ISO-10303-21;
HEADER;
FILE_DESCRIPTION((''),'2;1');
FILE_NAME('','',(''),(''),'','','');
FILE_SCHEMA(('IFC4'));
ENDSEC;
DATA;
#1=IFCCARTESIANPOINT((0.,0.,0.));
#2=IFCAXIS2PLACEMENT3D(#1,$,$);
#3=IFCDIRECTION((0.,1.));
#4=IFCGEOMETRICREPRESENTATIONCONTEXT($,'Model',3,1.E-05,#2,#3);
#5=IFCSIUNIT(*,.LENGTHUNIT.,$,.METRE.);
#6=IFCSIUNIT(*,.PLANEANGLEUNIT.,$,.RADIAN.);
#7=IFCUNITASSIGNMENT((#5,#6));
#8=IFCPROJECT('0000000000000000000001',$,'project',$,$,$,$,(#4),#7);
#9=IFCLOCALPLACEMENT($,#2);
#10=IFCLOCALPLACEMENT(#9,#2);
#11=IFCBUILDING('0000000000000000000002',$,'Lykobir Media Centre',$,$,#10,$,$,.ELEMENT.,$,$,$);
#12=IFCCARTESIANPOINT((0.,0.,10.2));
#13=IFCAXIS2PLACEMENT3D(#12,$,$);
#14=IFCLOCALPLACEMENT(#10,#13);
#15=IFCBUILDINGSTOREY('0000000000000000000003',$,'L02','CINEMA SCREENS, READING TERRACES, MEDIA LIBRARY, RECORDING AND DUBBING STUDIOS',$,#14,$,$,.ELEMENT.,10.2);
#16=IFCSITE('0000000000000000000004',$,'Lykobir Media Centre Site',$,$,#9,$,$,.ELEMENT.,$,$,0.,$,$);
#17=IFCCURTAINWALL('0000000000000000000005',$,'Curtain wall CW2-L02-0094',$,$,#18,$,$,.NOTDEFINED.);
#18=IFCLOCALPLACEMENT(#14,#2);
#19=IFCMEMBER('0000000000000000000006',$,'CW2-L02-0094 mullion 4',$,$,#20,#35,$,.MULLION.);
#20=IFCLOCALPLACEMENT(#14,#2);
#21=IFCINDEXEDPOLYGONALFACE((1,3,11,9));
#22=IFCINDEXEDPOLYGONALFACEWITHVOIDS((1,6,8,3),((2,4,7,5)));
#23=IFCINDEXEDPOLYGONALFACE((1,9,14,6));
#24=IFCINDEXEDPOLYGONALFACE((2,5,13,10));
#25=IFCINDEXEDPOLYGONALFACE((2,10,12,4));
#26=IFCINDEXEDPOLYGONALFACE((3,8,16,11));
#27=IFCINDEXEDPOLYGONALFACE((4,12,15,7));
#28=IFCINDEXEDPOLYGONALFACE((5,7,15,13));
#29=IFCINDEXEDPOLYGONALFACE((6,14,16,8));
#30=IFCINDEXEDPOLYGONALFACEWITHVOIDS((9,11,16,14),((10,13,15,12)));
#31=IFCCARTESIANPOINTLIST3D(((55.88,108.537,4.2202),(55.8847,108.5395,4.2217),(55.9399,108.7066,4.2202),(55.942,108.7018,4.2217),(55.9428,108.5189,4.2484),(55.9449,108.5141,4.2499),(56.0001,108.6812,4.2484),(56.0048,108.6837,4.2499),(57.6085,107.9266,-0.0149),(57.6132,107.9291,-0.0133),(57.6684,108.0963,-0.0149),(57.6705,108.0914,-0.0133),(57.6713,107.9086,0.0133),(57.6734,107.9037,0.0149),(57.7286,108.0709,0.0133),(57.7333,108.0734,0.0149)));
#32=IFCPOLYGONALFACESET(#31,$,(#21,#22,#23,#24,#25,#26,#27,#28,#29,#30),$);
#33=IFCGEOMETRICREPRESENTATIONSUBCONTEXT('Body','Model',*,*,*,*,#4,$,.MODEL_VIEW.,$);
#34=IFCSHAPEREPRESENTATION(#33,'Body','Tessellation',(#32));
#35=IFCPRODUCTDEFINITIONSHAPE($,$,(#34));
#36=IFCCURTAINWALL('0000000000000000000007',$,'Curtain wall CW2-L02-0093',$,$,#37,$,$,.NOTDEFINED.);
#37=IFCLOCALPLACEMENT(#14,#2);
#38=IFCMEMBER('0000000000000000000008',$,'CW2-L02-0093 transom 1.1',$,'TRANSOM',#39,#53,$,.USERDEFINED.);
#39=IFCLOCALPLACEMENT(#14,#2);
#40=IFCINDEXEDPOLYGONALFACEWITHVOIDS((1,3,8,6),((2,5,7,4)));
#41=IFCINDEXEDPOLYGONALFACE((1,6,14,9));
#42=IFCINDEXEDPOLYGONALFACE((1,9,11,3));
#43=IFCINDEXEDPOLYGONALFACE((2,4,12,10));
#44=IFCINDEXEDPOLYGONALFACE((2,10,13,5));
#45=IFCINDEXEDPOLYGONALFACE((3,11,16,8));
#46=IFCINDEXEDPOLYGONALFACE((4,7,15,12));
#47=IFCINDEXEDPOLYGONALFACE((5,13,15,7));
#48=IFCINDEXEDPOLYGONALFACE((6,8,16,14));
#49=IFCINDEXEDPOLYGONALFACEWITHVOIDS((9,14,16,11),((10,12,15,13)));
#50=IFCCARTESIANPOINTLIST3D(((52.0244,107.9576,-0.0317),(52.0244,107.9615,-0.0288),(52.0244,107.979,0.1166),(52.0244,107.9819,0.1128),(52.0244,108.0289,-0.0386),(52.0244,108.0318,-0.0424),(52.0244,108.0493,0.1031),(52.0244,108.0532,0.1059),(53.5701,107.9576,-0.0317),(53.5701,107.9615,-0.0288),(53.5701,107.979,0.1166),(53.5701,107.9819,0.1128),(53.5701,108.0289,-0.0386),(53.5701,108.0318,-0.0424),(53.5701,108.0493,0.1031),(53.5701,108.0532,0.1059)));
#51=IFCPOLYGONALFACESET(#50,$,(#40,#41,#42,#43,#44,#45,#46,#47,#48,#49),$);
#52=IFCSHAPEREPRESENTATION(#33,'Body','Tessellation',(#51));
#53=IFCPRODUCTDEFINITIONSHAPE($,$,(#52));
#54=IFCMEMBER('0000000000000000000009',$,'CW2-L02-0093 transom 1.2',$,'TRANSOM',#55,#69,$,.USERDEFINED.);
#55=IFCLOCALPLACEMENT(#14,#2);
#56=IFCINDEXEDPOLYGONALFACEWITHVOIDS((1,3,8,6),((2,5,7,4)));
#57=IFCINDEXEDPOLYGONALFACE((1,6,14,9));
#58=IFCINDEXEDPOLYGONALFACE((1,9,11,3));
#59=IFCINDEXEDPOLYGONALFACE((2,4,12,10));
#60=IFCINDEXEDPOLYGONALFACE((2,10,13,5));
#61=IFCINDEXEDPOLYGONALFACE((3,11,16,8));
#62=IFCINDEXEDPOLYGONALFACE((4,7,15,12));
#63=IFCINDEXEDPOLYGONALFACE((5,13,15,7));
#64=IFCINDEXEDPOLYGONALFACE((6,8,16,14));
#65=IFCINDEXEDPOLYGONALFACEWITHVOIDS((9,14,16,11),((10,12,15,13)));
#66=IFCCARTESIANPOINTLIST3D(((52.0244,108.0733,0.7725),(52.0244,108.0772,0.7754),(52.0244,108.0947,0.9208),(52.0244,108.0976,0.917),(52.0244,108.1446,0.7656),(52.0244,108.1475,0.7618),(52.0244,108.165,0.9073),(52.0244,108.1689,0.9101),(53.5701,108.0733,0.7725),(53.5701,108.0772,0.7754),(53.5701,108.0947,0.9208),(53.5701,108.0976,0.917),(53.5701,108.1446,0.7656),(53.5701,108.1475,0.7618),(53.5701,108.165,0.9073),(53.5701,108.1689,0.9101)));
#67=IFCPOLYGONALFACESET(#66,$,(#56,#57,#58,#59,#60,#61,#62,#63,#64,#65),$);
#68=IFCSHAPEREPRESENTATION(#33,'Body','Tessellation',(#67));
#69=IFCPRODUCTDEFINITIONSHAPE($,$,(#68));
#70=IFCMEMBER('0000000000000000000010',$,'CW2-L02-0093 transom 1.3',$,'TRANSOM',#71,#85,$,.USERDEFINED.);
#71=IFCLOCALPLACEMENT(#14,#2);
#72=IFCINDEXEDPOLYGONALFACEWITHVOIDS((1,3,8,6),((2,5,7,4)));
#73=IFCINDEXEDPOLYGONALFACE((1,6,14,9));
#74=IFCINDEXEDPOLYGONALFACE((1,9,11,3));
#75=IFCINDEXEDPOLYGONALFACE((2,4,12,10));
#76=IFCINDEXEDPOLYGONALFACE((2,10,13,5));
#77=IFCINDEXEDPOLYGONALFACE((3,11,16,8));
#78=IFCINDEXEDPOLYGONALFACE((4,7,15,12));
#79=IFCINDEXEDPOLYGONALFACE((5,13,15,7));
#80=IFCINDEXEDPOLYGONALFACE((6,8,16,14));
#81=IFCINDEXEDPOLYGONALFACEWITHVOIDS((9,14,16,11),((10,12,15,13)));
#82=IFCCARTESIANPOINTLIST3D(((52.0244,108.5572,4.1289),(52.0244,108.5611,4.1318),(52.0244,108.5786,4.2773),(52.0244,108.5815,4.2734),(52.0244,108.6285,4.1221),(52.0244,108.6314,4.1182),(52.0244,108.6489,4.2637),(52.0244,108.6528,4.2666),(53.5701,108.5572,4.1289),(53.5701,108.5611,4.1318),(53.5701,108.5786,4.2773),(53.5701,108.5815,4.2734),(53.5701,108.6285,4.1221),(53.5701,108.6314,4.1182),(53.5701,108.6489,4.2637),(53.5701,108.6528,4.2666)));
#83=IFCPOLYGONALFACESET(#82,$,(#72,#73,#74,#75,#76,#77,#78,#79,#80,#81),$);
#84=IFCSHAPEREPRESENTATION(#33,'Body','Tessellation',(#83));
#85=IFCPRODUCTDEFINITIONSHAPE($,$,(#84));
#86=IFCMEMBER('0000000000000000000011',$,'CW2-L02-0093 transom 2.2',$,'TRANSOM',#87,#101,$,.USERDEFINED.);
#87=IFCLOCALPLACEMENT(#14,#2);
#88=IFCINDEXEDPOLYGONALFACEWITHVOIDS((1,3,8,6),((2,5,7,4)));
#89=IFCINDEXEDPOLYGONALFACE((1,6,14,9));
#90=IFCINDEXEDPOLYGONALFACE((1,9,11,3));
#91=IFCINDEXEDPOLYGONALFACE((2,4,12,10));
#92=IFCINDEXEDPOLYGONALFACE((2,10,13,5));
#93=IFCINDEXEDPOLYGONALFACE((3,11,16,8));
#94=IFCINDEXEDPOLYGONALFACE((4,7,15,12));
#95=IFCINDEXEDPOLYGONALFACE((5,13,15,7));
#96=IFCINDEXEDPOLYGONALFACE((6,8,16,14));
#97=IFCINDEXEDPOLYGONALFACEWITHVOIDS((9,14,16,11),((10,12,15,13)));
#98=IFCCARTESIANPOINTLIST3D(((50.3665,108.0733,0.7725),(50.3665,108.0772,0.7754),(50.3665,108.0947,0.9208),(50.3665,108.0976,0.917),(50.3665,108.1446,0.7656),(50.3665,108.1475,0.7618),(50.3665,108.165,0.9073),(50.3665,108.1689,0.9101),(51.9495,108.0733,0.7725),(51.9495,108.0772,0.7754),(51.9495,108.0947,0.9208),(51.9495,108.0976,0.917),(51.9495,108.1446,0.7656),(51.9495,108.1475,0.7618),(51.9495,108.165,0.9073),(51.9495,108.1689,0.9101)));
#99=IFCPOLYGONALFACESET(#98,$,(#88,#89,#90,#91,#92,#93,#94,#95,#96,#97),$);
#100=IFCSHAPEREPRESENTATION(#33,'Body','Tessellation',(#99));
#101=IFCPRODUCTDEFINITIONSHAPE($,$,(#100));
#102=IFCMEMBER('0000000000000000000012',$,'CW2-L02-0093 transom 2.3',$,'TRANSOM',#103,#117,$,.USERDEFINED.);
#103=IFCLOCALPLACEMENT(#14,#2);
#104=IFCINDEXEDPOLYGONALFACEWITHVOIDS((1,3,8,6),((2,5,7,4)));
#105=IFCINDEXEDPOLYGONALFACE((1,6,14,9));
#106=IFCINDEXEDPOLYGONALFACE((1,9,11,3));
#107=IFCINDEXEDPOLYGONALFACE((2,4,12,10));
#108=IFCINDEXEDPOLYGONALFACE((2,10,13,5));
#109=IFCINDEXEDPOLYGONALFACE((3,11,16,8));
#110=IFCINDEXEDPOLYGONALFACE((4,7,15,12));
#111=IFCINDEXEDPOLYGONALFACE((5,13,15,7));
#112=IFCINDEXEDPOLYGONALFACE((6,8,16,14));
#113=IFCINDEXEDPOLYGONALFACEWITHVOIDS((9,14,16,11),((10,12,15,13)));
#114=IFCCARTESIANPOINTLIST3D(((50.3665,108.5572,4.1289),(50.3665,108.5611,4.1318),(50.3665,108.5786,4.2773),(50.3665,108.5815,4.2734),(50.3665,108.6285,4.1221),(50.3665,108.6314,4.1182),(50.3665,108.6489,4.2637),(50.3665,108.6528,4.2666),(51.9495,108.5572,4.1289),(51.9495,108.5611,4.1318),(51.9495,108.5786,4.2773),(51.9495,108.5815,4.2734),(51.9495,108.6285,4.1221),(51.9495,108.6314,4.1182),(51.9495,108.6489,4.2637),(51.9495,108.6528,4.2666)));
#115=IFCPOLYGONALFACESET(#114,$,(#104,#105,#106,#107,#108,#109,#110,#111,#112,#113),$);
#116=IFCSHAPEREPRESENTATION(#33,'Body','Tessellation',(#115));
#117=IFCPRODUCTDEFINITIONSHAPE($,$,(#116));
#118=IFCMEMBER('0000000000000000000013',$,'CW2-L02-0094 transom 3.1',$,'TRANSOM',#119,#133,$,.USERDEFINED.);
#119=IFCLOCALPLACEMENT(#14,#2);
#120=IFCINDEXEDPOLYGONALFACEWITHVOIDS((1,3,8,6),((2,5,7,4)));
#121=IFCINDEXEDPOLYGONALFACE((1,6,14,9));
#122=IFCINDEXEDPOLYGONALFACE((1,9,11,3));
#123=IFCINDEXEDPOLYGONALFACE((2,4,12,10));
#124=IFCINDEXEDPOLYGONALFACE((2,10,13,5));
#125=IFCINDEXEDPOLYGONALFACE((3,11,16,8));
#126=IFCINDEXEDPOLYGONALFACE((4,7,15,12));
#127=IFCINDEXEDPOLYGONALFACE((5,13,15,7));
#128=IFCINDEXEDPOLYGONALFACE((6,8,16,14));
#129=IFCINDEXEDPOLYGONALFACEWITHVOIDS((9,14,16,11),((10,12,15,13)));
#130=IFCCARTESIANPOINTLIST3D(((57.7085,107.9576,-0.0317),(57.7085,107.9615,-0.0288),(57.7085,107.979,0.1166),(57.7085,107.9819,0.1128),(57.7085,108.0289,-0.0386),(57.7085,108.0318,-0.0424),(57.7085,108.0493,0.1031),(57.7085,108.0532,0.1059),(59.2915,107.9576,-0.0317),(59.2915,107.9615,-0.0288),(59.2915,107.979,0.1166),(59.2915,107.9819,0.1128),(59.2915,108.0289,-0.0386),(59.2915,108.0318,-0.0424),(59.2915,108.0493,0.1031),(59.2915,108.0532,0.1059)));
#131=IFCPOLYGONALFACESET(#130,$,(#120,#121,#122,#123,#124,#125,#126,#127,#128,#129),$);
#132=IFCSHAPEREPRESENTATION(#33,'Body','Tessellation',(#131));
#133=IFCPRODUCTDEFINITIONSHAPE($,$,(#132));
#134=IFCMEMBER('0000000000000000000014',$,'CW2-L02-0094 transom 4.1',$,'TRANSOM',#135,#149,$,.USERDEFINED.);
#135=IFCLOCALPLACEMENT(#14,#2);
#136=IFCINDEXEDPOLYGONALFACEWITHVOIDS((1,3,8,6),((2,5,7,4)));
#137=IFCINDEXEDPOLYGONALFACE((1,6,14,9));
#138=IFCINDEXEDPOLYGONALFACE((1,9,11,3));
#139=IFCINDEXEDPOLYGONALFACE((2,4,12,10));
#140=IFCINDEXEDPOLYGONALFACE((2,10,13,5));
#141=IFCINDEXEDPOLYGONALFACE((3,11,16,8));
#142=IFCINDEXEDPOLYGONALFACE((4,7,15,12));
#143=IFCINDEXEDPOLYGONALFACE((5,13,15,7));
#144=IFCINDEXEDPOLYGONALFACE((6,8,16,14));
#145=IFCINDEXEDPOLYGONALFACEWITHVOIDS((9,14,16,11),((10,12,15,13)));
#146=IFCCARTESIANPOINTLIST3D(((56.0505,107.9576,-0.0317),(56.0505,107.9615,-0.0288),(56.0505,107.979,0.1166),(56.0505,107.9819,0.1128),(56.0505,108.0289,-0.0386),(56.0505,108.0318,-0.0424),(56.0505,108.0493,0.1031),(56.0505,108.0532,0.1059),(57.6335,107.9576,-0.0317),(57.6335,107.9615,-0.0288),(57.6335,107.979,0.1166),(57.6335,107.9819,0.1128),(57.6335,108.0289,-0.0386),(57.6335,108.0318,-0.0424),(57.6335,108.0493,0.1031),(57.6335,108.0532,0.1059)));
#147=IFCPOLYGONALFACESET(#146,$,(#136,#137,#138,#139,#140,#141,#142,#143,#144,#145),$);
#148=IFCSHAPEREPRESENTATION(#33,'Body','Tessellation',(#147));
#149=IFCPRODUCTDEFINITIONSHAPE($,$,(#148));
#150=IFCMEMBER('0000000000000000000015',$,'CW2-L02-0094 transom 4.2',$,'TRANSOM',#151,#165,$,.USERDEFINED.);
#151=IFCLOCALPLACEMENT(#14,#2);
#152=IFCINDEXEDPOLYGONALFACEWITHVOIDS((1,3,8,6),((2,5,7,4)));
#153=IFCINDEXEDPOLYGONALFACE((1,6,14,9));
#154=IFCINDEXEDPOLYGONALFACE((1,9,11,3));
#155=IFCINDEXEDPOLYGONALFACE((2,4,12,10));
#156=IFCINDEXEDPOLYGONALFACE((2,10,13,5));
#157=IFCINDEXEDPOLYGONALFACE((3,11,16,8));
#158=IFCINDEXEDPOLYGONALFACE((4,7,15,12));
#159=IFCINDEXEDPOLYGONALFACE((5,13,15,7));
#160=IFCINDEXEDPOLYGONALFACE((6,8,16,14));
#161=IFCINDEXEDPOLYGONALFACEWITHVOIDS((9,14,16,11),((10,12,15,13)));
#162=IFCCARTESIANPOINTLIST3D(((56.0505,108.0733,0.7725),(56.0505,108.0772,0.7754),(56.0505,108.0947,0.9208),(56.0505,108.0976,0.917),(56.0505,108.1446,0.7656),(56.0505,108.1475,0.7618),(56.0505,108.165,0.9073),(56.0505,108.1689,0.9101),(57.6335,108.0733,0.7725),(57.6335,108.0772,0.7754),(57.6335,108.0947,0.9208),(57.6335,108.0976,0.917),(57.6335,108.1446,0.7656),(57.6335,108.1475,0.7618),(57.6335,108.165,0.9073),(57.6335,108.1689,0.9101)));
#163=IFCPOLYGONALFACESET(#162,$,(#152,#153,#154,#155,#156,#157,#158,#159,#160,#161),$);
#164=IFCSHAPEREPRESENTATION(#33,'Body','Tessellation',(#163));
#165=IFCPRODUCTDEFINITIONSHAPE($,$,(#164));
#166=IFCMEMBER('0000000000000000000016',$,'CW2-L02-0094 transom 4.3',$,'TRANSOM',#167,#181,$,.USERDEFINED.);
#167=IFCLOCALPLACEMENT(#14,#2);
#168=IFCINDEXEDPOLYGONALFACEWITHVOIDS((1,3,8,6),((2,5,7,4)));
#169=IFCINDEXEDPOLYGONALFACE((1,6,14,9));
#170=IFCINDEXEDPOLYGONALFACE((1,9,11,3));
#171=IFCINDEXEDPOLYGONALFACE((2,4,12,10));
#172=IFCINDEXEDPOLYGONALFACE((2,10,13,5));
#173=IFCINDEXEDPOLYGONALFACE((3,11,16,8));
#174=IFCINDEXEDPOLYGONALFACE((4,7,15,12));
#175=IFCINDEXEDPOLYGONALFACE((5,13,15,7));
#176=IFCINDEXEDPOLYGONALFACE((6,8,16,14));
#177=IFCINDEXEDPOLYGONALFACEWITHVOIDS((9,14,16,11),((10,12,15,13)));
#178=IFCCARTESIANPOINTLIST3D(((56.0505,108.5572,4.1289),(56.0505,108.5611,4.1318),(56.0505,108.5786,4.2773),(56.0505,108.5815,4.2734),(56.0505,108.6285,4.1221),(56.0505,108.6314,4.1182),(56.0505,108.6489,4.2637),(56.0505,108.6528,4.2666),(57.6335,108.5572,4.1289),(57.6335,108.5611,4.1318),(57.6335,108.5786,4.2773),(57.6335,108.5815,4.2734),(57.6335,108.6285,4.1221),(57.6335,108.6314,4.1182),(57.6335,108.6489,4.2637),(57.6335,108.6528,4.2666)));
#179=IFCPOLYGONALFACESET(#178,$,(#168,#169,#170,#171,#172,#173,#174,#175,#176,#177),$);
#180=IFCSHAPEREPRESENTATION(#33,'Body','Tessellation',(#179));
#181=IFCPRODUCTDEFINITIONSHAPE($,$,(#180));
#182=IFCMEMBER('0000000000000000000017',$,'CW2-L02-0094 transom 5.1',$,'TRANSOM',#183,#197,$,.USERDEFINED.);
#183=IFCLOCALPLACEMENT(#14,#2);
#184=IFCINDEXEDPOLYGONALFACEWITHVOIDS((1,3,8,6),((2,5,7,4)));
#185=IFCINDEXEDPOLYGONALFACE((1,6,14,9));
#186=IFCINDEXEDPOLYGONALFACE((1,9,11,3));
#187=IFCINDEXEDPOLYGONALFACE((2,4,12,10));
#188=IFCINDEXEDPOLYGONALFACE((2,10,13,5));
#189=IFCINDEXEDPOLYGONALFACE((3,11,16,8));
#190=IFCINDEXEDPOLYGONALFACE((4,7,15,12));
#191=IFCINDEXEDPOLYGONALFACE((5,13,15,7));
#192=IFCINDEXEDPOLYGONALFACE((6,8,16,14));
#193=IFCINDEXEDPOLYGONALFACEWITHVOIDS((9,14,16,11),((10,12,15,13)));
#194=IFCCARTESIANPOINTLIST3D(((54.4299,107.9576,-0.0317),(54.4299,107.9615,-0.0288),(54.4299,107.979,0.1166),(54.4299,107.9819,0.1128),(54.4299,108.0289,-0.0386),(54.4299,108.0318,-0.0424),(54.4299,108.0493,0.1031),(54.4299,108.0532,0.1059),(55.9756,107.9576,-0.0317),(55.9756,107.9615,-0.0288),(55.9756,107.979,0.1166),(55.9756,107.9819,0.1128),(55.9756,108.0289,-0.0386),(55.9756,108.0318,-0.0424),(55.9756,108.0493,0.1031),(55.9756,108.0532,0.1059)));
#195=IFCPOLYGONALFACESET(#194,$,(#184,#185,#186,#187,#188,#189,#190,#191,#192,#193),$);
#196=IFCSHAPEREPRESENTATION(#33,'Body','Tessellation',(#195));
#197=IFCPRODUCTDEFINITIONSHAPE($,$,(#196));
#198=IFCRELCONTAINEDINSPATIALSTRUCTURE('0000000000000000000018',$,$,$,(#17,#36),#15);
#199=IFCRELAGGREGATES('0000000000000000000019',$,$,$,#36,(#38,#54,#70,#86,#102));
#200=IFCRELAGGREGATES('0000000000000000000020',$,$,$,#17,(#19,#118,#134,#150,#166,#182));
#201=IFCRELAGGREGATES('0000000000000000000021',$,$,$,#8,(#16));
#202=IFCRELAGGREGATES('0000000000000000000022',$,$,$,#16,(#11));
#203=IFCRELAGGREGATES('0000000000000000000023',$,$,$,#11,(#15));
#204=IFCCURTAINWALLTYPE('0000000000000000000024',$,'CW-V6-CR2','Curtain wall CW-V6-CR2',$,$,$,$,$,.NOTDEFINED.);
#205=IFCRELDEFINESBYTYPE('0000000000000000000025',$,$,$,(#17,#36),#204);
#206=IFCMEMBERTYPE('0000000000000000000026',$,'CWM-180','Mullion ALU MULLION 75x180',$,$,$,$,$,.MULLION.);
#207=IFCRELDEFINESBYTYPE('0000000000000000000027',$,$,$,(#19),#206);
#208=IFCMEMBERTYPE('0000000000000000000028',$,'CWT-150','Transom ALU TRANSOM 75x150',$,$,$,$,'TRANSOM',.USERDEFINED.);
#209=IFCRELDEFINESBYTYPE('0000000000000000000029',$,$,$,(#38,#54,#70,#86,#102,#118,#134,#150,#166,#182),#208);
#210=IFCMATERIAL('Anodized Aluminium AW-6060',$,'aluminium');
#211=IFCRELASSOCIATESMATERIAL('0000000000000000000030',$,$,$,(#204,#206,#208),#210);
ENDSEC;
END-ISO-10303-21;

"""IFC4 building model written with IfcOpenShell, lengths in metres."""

from ifc_helpers import new_model, si_unit, direction, frame, origin, origin_2d, place, context, subcontext, project, spatial, hollow_rectangle, extrude, material, material_profile, profile_set, type_object, element, aggregate, save


model = new_model("IFC4")

# Units and contexts
model_context = context("Model", 3, precision=1e-05, world=origin(), true_north=direction((0.0, 1.0)))
body_context = subcontext(model_context, "Body", "Model", "MODEL_VIEW")
ifc_project = project(units=[si_unit("LENGTHUNIT", "METRE"), si_unit("PLANEANGLEUNIT", "RADIAN")], contexts=[model_context])

# Site, building, storey
site_placement = place(None, origin())
site = spatial("IfcSite", under=ifc_project, at=site_placement, Name="Lykobir Media Centre Site", CompositionType="ELEMENT", RefElevation=0.0)
building_placement = place(site_placement, origin())
building = spatial("IfcBuilding", under=site, at=building_placement, Name="Lykobir Media Centre", CompositionType="ELEMENT")
storey_placement = place(building_placement, frame((0.0, 0.0, 10.2)))
storey = spatial("IfcBuildingStorey", under=building, at=storey_placement, Name="L02", Description="CINEMA SCREENS, READING TERRACES, MEDIA LIBRARY, RECORDING AND DUBBING STUDIOS", CompositionType="ELEMENT", Elevation=10.2)

# Curtain wall, member
ifc_material_1 = material(Name="Anodized Aluminium AW-6060", Category="aluminium")
curtain_wall_type = type_object("IfcCurtainWallType", Name="CW-V6-CR2", Description="Curtain wall CW-V6-CR2", PredefinedType="NOTDEFINED", material=ifc_material_1)
curtain_wall_1_placement = place(storey_placement, origin())
curtain_wall_1 = element("IfcCurtainWall", 1, at=curtain_wall_1_placement, inside=storey, type_object=curtain_wall_type, Name="Curtain wall CW2-L02-0094", PredefinedType="NOTDEFINED")
ifc_material_profile_1 = material_profile(ifc_material_1, hollow_rectangle(XDim=0.075, YDim=0.1799, WallThickness=0.0039, at=origin_2d()), Name="ALU MULLION 75x180")
ifc_profile_set_1 = profile_set([ifc_material_profile_1], Name="Anodized Aluminium AW-6060")
member_type_1 = type_object("IfcMemberType", Name="CWM-180", Description="Mullion ALU MULLION 75x180", PredefinedType="MULLION", material=ifc_profile_set_1)
member_1_placement = place(storey_placement, frame((57.6709, 108.0, 0.0), z_axis=(-0.374559, 0.132259, 0.917722), x_axis=(-0.865358, 0.305564, -0.397224)))
member_1 = element("IfcMember", 2, at=member_1_placement, type_object=member_type_1, Name="CW2-L02-0094 mullion 4", PredefinedType="MULLION", context=body_context, shape_type="SweptSolid", body=[
    extrude(hollow_rectangle(XDim=0.075, YDim=0.1799, WallThickness=0.0039, at=origin_2d()), origin(), (0.0, 0.0, 1.0), 4.6147),
])

# Curtain wall, members
curtain_wall_2_placement = place(storey_placement, origin())
curtain_wall_2 = element("IfcCurtainWall", 3, at=curtain_wall_2_placement, inside=storey, type_object=curtain_wall_type, Name="Curtain wall CW2-L02-0093", PredefinedType="NOTDEFINED")
ifc_material_profile_2 = material_profile(ifc_material_1, hollow_rectangle(XDim=0.075, YDim=0.1499, WallThickness=0.0034, at=origin_2d()), Name="ALU TRANSOM 75x150")
ifc_profile_set_2 = profile_set([ifc_material_profile_2], Name="Anodized Aluminium AW-6060")
member_type_2 = type_object("IfcMemberType", Name="CWT-150", Description="Transom ALU TRANSOM 75x150", ElementType="TRANSOM", PredefinedType="USERDEFINED", material=ifc_profile_set_2)
member_2_placement = place(storey_placement, frame((53.5701, 108.0054, 0.0371), z_axis=(-1.0, 0.0, 0.0), x_axis=(0.0, -0.989776, 0.142629)))
member_2 = element("IfcMember", 4, at=member_2_placement, type_object=member_type_2, Name="CW2-L02-0093 transom 1.1", ObjectType="TRANSOM", PredefinedType="USERDEFINED", context=body_context, shape_type="SweptSolid", body=[
    extrude(hollow_rectangle(XDim=0.075, YDim=0.1499, WallThickness=0.0034, at=origin_2d()), origin(), (0.0, 0.0, 1.0), 1.5457),
])
member_3_placement = place(storey_placement, frame((53.5701, 108.1211, 0.8413), z_axis=(-1.0, 0.0, 0.0), x_axis=(0.0, -0.989776, 0.142629)))
member_3 = element("IfcMember", 5, at=member_3_placement, type_object=member_type_2, Name="CW2-L02-0093 transom 1.2", ObjectType="TRANSOM", PredefinedType="USERDEFINED", context=body_context, shape_type="SweptSolid", body=[
    extrude(hollow_rectangle(XDim=0.075, YDim=0.1499, WallThickness=0.0034, at=origin_2d()), origin(), (0.0, 0.0, 1.0), 1.5457),
])
member_4_placement = place(storey_placement, frame((53.5701, 108.605, 4.1978), z_axis=(-1.0, 0.0, 0.0), x_axis=(0.0, -0.989776, 0.142629)))
member_4 = element("IfcMember", 6, at=member_4_placement, type_object=member_type_2, Name="CW2-L02-0093 transom 1.3", ObjectType="TRANSOM", PredefinedType="USERDEFINED", context=body_context, shape_type="SweptSolid", body=[
    extrude(hollow_rectangle(XDim=0.075, YDim=0.1499, WallThickness=0.0034, at=origin_2d()), origin(), (0.0, 0.0, 1.0), 1.5457),
])
member_5_placement = place(storey_placement, frame((51.9495, 108.1211, 0.8413), z_axis=(-1.0, 0.0, 0.0), x_axis=(0.0, -0.989776, 0.142629)))
member_5 = element("IfcMember", 7, at=member_5_placement, type_object=member_type_2, Name="CW2-L02-0093 transom 2.2", ObjectType="TRANSOM", PredefinedType="USERDEFINED", context=body_context, shape_type="SweptSolid", body=[
    extrude(hollow_rectangle(XDim=0.075, YDim=0.1499, WallThickness=0.0034, at=origin_2d()), origin(), (0.0, 0.0, 1.0), 1.583),
])
member_6_placement = place(storey_placement, frame((51.9495, 108.605, 4.1978), z_axis=(-1.0, 0.0, 0.0), x_axis=(0.0, -0.989776, 0.142629)))
member_6 = element("IfcMember", 8, at=member_6_placement, type_object=member_type_2, Name="CW2-L02-0093 transom 2.3", ObjectType="TRANSOM", PredefinedType="USERDEFINED", context=body_context, shape_type="SweptSolid", body=[
    extrude(hollow_rectangle(XDim=0.075, YDim=0.1499, WallThickness=0.0034, at=origin_2d()), origin(), (0.0, 0.0, 1.0), 1.583),
])

# Members
member_7_placement = place(storey_placement, frame((59.2915, 108.0054, 0.0371), z_axis=(-1.0, 0.0, 0.0), x_axis=(0.0, -0.989776, 0.142629)))
member_7 = element("IfcMember", 9, at=member_7_placement, type_object=member_type_2, Name="CW2-L02-0094 transom 3.1", ObjectType="TRANSOM", PredefinedType="USERDEFINED", context=body_context, shape_type="SweptSolid", body=[
    extrude(hollow_rectangle(XDim=0.075, YDim=0.1499, WallThickness=0.0034, at=origin_2d()), origin(), (0.0, 0.0, 1.0), 1.583),
])
member_8_placement = place(storey_placement, frame((57.6335, 108.0054, 0.0371), z_axis=(-1.0, 0.0, 0.0), x_axis=(0.0, -0.989776, 0.142629)))
member_8 = element("IfcMember", 10, at=member_8_placement, type_object=member_type_2, Name="CW2-L02-0094 transom 4.1", ObjectType="TRANSOM", PredefinedType="USERDEFINED", context=body_context, shape_type="SweptSolid", body=[
    extrude(hollow_rectangle(XDim=0.075, YDim=0.1499, WallThickness=0.0034, at=origin_2d()), origin(), (0.0, 0.0, 1.0), 1.583),
])
member_9_placement = place(storey_placement, frame((57.6335, 108.1211, 0.8413), z_axis=(-1.0, 0.0, 0.0), x_axis=(0.0, -0.989776, 0.142629)))
member_9 = element("IfcMember", 11, at=member_9_placement, type_object=member_type_2, Name="CW2-L02-0094 transom 4.2", ObjectType="TRANSOM", PredefinedType="USERDEFINED", context=body_context, shape_type="SweptSolid", body=[
    extrude(hollow_rectangle(XDim=0.075, YDim=0.1499, WallThickness=0.0034, at=origin_2d()), origin(), (0.0, 0.0, 1.0), 1.583),
])
member_10_placement = place(storey_placement, frame((57.6335, 108.605, 4.1978), z_axis=(-1.0, 0.0, 0.0), x_axis=(0.0, -0.989776, 0.142629)))
member_10 = element("IfcMember", 12, at=member_10_placement, type_object=member_type_2, Name="CW2-L02-0094 transom 4.3", ObjectType="TRANSOM", PredefinedType="USERDEFINED", context=body_context, shape_type="SweptSolid", body=[
    extrude(hollow_rectangle(XDim=0.075, YDim=0.1499, WallThickness=0.0034, at=origin_2d()), origin(), (0.0, 0.0, 1.0), 1.583),
])
member_11_placement = place(storey_placement, frame((55.9756, 108.0054, 0.0371), z_axis=(-1.0, 0.0, 0.0), x_axis=(0.0, -0.989776, 0.142629)))
member_11 = element("IfcMember", 13, at=member_11_placement, type_object=member_type_2, Name="CW2-L02-0094 transom 5.1", ObjectType="TRANSOM", PredefinedType="USERDEFINED", context=body_context, shape_type="SweptSolid", body=[
    extrude(hollow_rectangle(XDim=0.075, YDim=0.1499, WallThickness=0.0034, at=origin_2d()), origin(), (0.0, 0.0, 1.0), 1.5457),
])

aggregate(curtain_wall_2, [member_2, member_3, member_4, member_5, member_6])
aggregate(curtain_wall_1, [member_1, member_7, member_8, member_9, member_10, member_11])

save(model, "model.ifc")
